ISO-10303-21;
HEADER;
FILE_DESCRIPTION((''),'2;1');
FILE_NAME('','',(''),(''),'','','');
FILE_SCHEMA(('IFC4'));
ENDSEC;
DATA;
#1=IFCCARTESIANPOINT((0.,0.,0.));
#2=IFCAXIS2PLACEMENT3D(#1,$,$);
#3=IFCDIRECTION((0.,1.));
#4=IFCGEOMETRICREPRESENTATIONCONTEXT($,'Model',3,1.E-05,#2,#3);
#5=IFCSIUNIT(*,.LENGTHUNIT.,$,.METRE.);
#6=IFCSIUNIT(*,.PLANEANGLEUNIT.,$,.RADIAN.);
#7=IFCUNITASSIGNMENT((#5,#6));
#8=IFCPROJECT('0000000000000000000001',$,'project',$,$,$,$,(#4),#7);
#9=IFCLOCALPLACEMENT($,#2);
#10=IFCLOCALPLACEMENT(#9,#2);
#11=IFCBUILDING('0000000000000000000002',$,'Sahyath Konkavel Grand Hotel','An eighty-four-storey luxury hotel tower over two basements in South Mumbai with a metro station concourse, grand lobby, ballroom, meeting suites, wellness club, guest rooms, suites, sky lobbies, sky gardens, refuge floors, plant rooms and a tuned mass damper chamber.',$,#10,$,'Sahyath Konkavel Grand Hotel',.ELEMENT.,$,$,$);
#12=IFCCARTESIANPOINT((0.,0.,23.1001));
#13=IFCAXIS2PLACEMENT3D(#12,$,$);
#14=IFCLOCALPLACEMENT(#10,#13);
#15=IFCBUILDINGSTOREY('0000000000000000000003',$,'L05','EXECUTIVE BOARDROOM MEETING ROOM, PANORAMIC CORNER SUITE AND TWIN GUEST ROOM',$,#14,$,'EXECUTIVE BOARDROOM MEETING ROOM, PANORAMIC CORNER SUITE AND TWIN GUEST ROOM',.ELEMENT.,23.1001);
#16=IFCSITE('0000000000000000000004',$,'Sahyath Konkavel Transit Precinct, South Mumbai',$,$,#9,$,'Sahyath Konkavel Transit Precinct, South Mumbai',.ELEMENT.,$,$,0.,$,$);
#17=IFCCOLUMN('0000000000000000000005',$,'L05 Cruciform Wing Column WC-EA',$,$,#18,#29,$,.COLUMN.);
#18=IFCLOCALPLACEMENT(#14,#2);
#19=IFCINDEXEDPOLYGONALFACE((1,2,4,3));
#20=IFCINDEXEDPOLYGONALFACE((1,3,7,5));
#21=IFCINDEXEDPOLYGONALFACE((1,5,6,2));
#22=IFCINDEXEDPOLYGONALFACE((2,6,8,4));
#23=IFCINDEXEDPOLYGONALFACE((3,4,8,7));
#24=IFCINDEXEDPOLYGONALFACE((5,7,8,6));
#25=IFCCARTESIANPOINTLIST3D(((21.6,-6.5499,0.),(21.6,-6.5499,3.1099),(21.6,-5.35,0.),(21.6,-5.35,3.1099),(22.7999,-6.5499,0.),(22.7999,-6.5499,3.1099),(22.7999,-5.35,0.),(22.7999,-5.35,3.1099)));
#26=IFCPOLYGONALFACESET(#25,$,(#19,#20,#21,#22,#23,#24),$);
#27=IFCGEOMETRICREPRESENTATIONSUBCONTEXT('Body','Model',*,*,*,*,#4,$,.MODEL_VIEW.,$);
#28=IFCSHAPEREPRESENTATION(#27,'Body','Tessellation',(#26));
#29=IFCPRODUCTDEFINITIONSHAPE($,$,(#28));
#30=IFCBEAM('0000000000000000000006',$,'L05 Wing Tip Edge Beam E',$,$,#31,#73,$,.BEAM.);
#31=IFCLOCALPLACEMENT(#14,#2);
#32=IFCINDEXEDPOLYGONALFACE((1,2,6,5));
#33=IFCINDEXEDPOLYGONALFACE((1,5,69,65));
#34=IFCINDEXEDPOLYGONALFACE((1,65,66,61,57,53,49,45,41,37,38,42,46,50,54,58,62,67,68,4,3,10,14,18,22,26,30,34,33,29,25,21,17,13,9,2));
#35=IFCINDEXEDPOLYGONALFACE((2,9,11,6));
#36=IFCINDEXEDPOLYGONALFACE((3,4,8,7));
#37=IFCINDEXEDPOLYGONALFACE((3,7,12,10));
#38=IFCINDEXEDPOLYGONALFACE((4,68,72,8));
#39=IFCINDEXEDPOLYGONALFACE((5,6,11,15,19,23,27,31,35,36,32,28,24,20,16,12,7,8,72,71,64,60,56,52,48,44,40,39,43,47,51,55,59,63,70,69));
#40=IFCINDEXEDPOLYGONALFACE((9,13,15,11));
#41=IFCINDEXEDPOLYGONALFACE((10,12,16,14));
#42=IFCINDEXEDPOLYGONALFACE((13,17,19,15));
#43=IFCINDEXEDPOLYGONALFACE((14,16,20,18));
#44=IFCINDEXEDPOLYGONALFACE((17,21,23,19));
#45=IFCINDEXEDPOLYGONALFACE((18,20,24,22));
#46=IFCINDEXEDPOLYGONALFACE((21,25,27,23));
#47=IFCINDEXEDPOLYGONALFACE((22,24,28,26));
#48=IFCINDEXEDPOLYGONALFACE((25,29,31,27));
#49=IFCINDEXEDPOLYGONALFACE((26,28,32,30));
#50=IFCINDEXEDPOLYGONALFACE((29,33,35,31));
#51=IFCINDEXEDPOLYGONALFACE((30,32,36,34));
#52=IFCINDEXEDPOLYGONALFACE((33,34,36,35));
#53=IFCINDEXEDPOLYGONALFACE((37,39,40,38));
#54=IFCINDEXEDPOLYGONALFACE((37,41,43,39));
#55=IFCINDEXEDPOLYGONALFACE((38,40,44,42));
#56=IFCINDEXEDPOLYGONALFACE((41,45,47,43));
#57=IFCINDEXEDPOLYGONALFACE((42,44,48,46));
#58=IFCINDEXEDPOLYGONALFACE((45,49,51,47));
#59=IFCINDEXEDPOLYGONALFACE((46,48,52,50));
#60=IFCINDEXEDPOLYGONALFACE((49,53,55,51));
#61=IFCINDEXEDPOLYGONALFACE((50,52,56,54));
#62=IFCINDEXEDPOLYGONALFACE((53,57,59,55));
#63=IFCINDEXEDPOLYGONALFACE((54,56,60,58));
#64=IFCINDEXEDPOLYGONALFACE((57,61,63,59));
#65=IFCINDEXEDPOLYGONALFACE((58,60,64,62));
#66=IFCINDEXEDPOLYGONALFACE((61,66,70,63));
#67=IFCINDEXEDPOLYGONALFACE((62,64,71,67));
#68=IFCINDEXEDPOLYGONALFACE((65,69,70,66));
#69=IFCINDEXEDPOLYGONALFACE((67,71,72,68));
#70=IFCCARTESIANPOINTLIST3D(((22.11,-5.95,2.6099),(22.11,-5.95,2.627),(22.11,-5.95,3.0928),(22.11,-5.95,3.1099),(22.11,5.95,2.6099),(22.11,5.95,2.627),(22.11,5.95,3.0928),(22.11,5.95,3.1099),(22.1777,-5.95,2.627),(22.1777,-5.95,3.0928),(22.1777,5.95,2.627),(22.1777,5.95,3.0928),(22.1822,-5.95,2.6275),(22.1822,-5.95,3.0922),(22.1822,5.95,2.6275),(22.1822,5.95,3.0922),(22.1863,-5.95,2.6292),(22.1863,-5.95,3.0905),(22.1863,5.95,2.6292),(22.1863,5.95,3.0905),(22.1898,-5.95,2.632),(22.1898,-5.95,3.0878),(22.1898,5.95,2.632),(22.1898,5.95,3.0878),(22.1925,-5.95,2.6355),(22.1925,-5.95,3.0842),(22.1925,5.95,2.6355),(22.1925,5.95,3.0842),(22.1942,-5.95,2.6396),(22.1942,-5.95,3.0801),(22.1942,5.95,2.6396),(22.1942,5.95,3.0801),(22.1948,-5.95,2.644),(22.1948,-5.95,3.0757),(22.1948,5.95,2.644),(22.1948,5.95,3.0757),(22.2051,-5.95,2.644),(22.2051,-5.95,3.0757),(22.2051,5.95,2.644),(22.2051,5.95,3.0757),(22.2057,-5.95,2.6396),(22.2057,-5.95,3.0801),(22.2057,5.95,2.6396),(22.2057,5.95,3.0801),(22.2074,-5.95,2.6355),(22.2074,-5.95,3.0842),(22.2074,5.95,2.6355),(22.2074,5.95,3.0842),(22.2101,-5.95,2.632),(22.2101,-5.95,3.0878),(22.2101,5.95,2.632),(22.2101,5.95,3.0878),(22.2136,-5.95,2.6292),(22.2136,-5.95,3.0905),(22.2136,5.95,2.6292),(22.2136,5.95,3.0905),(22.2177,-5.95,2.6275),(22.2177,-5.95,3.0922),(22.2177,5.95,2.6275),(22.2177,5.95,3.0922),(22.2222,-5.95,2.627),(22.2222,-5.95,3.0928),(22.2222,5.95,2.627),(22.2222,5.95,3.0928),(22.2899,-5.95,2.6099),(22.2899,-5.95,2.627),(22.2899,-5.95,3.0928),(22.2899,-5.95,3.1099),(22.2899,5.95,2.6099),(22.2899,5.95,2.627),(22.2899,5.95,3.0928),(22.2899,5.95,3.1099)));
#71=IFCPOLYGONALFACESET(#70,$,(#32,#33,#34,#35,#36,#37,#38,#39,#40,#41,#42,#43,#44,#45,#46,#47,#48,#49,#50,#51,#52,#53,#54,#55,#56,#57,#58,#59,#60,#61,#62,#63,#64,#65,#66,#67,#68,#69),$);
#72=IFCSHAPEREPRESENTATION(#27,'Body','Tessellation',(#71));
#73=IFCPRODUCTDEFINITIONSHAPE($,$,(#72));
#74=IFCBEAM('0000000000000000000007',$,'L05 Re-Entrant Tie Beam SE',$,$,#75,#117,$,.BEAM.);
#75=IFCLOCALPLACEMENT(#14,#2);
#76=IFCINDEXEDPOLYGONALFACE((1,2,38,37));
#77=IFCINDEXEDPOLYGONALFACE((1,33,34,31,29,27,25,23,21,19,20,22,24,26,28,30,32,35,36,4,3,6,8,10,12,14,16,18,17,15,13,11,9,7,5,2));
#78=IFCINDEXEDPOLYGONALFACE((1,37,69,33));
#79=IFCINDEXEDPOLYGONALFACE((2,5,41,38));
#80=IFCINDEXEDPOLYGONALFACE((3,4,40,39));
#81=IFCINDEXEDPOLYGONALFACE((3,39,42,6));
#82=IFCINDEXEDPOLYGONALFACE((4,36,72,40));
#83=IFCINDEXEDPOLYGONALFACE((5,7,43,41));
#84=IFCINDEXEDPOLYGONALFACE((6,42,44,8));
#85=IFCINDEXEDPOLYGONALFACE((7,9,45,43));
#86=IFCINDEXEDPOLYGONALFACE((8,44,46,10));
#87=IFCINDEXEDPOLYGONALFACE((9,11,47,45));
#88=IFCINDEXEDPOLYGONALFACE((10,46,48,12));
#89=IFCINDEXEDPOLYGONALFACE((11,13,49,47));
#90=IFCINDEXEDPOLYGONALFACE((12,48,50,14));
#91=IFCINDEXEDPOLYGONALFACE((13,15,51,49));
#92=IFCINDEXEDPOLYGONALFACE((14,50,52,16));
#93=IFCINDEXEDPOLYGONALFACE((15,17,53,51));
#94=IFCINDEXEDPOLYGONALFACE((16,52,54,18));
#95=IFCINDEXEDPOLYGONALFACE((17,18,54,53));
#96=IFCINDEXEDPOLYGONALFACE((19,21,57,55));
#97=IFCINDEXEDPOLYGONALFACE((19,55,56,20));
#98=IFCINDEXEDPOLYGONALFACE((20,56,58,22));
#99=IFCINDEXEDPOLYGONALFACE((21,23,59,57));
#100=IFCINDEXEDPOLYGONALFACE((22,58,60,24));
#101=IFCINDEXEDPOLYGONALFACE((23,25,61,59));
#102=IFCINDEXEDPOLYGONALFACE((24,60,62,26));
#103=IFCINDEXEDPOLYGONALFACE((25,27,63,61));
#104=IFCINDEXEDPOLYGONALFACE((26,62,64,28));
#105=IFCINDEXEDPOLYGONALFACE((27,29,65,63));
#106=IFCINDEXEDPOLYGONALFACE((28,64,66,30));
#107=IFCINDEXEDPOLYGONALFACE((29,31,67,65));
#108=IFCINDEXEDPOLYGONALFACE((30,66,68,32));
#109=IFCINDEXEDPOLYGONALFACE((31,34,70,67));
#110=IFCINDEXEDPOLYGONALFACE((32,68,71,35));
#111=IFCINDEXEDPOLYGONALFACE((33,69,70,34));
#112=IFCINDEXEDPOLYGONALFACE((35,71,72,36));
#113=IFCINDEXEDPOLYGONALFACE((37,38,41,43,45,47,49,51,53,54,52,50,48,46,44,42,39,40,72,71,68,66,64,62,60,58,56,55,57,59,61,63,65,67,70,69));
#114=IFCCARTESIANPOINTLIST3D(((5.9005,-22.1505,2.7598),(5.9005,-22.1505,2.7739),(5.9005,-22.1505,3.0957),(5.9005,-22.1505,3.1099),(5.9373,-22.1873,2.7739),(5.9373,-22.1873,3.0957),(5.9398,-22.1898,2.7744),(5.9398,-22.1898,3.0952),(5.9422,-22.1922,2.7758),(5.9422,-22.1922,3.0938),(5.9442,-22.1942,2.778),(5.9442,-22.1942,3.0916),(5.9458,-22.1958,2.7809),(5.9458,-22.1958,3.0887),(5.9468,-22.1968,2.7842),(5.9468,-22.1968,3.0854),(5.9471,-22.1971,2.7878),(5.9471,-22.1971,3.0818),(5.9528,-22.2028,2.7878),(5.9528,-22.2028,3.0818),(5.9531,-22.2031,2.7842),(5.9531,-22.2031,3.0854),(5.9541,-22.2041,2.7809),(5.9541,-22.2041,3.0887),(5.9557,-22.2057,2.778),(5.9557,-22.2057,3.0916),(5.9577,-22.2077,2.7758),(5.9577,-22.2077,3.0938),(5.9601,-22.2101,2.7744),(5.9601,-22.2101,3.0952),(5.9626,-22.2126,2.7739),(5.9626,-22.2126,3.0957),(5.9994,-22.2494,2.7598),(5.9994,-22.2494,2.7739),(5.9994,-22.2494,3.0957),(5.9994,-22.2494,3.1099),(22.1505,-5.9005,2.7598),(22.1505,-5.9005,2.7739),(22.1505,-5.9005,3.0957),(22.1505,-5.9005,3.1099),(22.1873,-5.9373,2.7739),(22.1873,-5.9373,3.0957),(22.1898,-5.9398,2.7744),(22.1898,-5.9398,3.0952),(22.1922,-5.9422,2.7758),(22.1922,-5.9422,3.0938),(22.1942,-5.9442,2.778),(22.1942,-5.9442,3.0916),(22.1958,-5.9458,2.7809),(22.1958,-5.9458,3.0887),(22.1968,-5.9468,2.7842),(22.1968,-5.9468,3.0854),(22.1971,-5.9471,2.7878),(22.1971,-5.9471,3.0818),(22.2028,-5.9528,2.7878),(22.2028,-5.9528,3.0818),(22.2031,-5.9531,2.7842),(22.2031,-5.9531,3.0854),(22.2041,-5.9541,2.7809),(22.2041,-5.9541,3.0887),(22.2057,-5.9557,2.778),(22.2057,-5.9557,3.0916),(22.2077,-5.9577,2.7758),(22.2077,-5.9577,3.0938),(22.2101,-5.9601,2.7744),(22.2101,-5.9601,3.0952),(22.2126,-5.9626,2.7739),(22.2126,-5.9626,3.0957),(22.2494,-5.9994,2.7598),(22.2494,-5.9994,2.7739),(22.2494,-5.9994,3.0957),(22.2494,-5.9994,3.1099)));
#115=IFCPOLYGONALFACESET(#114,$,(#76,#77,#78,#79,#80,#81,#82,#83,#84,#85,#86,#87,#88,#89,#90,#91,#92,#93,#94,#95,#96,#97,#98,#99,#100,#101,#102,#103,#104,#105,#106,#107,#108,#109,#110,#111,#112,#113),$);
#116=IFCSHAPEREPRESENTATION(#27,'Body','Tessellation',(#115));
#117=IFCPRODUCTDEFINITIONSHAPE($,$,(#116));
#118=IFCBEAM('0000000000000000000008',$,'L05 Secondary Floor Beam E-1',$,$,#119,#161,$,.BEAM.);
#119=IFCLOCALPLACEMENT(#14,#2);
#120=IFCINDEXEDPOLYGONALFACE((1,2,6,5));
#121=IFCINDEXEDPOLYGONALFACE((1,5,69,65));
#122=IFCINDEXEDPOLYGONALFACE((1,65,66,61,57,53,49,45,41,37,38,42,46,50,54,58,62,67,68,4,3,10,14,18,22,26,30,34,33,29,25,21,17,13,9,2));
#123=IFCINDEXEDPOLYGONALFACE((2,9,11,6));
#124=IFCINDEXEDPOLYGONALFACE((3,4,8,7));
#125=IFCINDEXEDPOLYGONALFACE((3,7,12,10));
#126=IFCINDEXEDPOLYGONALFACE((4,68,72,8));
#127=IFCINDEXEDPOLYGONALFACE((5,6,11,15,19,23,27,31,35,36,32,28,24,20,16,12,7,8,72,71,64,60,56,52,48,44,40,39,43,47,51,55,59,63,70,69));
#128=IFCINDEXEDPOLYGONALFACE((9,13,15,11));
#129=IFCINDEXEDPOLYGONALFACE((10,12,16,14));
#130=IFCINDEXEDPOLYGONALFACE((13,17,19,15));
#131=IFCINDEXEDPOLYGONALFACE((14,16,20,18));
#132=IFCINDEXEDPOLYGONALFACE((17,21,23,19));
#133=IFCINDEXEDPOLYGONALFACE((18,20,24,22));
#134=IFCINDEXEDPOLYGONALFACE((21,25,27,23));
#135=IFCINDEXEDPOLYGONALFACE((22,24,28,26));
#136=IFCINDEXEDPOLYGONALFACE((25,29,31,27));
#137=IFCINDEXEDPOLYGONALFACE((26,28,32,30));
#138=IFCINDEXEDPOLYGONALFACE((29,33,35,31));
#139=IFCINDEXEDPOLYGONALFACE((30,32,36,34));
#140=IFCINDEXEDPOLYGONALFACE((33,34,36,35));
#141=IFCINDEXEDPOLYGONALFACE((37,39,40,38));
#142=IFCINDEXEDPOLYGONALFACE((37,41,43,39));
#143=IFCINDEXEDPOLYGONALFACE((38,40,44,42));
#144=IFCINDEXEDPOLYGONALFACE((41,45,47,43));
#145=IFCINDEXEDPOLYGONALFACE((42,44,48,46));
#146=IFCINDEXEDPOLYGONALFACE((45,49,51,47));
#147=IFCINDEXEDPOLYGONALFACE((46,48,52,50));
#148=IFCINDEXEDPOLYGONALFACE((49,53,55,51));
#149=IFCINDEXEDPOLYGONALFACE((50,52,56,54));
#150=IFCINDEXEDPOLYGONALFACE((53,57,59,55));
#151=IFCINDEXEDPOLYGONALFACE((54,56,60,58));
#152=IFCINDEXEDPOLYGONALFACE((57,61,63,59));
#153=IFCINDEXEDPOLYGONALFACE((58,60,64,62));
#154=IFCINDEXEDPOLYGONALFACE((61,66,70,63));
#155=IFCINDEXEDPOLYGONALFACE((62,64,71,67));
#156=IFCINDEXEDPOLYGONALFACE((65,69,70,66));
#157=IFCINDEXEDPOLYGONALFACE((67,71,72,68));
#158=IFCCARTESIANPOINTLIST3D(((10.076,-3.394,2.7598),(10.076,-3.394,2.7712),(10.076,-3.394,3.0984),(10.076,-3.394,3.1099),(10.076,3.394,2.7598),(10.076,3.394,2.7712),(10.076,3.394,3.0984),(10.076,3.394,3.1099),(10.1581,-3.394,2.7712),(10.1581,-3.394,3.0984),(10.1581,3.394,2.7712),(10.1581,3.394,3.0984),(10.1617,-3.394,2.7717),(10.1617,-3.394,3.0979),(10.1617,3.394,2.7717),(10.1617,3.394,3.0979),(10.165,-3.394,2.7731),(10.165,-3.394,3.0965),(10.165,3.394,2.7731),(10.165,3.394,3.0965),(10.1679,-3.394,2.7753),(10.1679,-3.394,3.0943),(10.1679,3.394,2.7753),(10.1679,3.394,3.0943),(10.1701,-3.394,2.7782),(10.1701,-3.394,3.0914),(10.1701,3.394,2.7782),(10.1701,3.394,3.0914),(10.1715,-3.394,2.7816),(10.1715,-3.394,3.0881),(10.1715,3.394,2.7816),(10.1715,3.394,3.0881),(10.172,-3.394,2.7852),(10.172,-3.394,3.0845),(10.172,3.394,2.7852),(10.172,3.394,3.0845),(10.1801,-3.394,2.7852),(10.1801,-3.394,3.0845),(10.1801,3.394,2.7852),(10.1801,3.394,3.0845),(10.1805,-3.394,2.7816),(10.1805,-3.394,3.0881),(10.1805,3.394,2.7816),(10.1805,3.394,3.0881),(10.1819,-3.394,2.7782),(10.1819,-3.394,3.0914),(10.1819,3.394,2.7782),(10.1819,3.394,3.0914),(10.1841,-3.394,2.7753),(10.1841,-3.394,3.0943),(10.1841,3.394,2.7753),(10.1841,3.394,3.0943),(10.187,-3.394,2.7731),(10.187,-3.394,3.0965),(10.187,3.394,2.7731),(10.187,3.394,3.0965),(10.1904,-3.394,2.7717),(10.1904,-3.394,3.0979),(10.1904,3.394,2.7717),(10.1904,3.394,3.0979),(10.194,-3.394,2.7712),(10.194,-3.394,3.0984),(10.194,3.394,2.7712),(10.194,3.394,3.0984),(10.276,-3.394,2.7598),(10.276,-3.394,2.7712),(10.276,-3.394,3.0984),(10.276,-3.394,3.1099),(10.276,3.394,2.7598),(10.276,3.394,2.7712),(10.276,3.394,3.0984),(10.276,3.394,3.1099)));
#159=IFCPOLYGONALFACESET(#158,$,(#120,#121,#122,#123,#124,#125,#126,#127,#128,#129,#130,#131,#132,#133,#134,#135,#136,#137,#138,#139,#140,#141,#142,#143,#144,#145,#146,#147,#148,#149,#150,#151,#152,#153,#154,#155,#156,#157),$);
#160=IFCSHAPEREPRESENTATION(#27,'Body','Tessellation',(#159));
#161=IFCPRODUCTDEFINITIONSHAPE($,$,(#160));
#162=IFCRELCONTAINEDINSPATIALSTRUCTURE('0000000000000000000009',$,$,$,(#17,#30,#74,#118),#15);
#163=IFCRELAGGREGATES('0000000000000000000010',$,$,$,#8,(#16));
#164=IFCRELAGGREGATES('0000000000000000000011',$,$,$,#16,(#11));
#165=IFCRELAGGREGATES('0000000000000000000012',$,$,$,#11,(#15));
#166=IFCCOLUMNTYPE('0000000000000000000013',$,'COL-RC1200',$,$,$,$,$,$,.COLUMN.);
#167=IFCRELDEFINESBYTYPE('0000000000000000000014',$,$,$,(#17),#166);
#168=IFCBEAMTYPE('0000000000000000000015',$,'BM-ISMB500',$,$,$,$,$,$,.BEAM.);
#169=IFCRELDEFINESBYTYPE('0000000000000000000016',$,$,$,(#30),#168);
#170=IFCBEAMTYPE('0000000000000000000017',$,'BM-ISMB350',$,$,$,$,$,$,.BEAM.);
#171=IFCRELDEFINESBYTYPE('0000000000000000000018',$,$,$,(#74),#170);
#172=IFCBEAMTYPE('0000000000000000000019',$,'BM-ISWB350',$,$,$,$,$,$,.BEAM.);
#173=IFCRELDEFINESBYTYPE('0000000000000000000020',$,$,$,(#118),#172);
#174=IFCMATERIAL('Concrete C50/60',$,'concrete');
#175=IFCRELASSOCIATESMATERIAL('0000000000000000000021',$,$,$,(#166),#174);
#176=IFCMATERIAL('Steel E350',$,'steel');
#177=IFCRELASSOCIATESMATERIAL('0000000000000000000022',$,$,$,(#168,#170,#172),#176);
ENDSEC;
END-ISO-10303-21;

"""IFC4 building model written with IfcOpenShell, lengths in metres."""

from ifc_helpers import new_model, si_unit, direction, frame, origin, origin_2d, place, context, subcontext, project, spatial, rectangle, i_section, extrude, source, transform, mapped, material, material_profile, profile_set, type_object, element, save


model = new_model("IFC4")

# Units and contexts
model_context = context("Model", 3, precision=1e-05, world=origin(), true_north=direction((0.0, 1.0)))
body_context = subcontext(model_context, "Body", "Model", "MODEL_VIEW")
ifc_project = project(units=[si_unit("LENGTHUNIT", "METRE"), si_unit("PLANEANGLEUNIT", "RADIAN")], contexts=[model_context])

# Site, building, storey
site_placement = place(None, origin())
site = spatial("IfcSite", under=ifc_project, at=site_placement, Name="Sahyath Konkavel Transit Precinct, South Mumbai", LongName="Sahyath Konkavel Transit Precinct, South Mumbai", CompositionType="ELEMENT", RefElevation=0.0)
building_placement = place(site_placement, origin())
building = spatial("IfcBuilding", under=site, at=building_placement, Name="Sahyath Konkavel Grand Hotel", Description="An eighty-four-storey luxury hotel tower over two basements in South Mumbai with a metro station concourse, grand lobby, ballroom, meeting suites, wellness club, guest rooms, suites, sky lobbies, sky gardens, refuge floors, plant rooms and a tuned mass damper chamber.", LongName="Sahyath Konkavel Grand Hotel", CompositionType="ELEMENT")
storey_placement = place(building_placement, frame((0.0, 0.0, 23.1001)))
storey = spatial("IfcBuildingStorey", under=building, at=storey_placement, Name="L05", Description="EXECUTIVE BOARDROOM MEETING ROOM, PANORAMIC CORNER SUITE AND TWIN GUEST ROOM", LongName="EXECUTIVE BOARDROOM MEETING ROOM, PANORAMIC CORNER SUITE AND TWIN GUEST ROOM", CompositionType="ELEMENT", Elevation=23.1001)

# Column
ifc_material_1 = material(Name="Concrete C50/60", Category="concrete")
ifc_material_profile_1 = material_profile(ifc_material_1, rectangle(XDim=1.2, YDim=1.2, at=origin_2d()), Name="RC 1200x1200")
ifc_profile_set_1 = profile_set([ifc_material_profile_1], Name="Concrete C50/60")
column_type = type_object("IfcColumnType", Name="COL-RC1200", PredefinedType="COLUMN", material=ifc_profile_set_1)
shared_shape_1 = source(origin(), body_context, "Body", "SweptSolid", [
    extrude(rectangle(XDim=1.2, YDim=1.2, at=origin_2d()), origin(), (0.0, 0.0, 1.0), 3.1099),
])
column_placement = place(storey_placement, frame((22.2, -5.95, 0.0), z_axis=(0.0, 0.0, 1.0), x_axis=(1.0, 0.0, 0.0)))
element("IfcColumn", 1, at=column_placement, inside=storey, type_object=column_type, Name="L05 Cruciform Wing Column WC-EA", PredefinedType="COLUMN", context=body_context, shape_type="MappedRepresentation", body=[
    mapped(shared_shape_1, transform((0.0, 0.0, 0.0), scale=1.0)),
])

# Beams
ifc_material_2 = material(Name="Steel E350", Category="steel")
ifc_material_profile_2 = material_profile(ifc_material_2, i_section(OverallWidth=0.1799, OverallDepth=0.5, WebThickness=0.0103, FlangeThickness=0.0171, FilletRadius=0.0171, at=origin_2d()), Name="ISMB 500")
ifc_profile_set_2 = profile_set([ifc_material_profile_2], Name="Steel E350")
beam_type_1 = type_object("IfcBeamType", Name="BM-ISMB500", PredefinedType="BEAM", material=ifc_profile_set_2)
shared_shape_2 = source(origin(), body_context, "Body", "SweptSolid", [
    extrude(i_section(OverallWidth=0.1799, OverallDepth=0.5, WebThickness=0.0103, FlangeThickness=0.0171, FilletRadius=0.0171, at=origin_2d()), origin(), (0.0, 0.0, 1.0), 11.8999),
])
beam_1_placement = place(storey_placement, frame((22.2, -5.95, 2.8599), z_axis=(0.0, 1.0, 0.0), x_axis=(-1.0, 0.0, 0.0)))
element("IfcBeam", 2, at=beam_1_placement, inside=storey, type_object=beam_type_1, Name="L05 Wing Tip Edge Beam E", PredefinedType="BEAM", context=body_context, shape_type="MappedRepresentation", body=[
    mapped(shared_shape_2, transform((0.0, 0.0, 0.0), scale=1.0)),
])
ifc_material_profile_3 = material_profile(ifc_material_2, i_section(OverallWidth=0.1399, OverallDepth=0.3501, WebThickness=0.0081, FlangeThickness=0.0142, FilletRadius=0.0139, at=origin_2d()), Name="ISMB 350")
ifc_profile_set_3 = profile_set([ifc_material_profile_3], Name="Steel E350")
beam_type_2 = type_object("IfcBeamType", Name="BM-ISMB350", PredefinedType="BEAM", material=ifc_profile_set_3)
shared_shape_3 = source(origin(), body_context, "Body", "SweptSolid", [
    extrude(i_section(OverallWidth=0.1399, OverallDepth=0.3501, WebThickness=0.0081, FlangeThickness=0.0142, FilletRadius=0.0139, at=origin_2d()), origin(), (0.0, 0.0, 1.0), 22.981),
])
beam_2_placement = place(storey_placement, frame((22.2, -5.95, 2.9348), z_axis=(-0.707107, -0.707107, 0.0), x_axis=(0.707107, -0.707107, 0.0)))
element("IfcBeam", 3, at=beam_2_placement, inside=storey, type_object=beam_type_2, Name="L05 Re-Entrant Tie Beam SE", PredefinedType="BEAM", context=body_context, shape_type="MappedRepresentation", body=[
    mapped(shared_shape_3, transform((0.0, 0.0, 0.0), scale=1.0)),
])
ifc_material_profile_4 = material_profile(ifc_material_2, i_section(OverallWidth=0.2, OverallDepth=0.3501, WebThickness=0.0081, FlangeThickness=0.0115, FilletRadius=0.0139, at=origin_2d()), Name="ISWB 350")
ifc_profile_set_4 = profile_set([ifc_material_profile_4], Name="Steel E350")
beam_type_3 = type_object("IfcBeamType", Name="BM-ISWB350", PredefinedType="BEAM", material=ifc_profile_set_4)
shared_shape_4 = source(origin(), body_context, "Body", "SweptSolid", [
    extrude(i_section(OverallWidth=0.2, OverallDepth=0.3501, WebThickness=0.0081, FlangeThickness=0.0115, FilletRadius=0.0139, at=origin_2d()), origin(), (0.0, 0.0, 1.0), 6.7881),
])
beam_3_placement = place(storey_placement, frame((10.176, -3.394, 2.9348), z_axis=(0.0, 1.0, 0.0), x_axis=(-1.0, 0.0, 0.0)))
element("IfcBeam", 4, at=beam_3_placement, inside=storey, type_object=beam_type_3, Name="L05 Secondary Floor Beam E-1", PredefinedType="BEAM", context=body_context, shape_type="MappedRepresentation", body=[
    mapped(shared_shape_4, transform((0.0, 0.0, 0.0), scale=1.0)),
])

save(model, "model.ifc")
